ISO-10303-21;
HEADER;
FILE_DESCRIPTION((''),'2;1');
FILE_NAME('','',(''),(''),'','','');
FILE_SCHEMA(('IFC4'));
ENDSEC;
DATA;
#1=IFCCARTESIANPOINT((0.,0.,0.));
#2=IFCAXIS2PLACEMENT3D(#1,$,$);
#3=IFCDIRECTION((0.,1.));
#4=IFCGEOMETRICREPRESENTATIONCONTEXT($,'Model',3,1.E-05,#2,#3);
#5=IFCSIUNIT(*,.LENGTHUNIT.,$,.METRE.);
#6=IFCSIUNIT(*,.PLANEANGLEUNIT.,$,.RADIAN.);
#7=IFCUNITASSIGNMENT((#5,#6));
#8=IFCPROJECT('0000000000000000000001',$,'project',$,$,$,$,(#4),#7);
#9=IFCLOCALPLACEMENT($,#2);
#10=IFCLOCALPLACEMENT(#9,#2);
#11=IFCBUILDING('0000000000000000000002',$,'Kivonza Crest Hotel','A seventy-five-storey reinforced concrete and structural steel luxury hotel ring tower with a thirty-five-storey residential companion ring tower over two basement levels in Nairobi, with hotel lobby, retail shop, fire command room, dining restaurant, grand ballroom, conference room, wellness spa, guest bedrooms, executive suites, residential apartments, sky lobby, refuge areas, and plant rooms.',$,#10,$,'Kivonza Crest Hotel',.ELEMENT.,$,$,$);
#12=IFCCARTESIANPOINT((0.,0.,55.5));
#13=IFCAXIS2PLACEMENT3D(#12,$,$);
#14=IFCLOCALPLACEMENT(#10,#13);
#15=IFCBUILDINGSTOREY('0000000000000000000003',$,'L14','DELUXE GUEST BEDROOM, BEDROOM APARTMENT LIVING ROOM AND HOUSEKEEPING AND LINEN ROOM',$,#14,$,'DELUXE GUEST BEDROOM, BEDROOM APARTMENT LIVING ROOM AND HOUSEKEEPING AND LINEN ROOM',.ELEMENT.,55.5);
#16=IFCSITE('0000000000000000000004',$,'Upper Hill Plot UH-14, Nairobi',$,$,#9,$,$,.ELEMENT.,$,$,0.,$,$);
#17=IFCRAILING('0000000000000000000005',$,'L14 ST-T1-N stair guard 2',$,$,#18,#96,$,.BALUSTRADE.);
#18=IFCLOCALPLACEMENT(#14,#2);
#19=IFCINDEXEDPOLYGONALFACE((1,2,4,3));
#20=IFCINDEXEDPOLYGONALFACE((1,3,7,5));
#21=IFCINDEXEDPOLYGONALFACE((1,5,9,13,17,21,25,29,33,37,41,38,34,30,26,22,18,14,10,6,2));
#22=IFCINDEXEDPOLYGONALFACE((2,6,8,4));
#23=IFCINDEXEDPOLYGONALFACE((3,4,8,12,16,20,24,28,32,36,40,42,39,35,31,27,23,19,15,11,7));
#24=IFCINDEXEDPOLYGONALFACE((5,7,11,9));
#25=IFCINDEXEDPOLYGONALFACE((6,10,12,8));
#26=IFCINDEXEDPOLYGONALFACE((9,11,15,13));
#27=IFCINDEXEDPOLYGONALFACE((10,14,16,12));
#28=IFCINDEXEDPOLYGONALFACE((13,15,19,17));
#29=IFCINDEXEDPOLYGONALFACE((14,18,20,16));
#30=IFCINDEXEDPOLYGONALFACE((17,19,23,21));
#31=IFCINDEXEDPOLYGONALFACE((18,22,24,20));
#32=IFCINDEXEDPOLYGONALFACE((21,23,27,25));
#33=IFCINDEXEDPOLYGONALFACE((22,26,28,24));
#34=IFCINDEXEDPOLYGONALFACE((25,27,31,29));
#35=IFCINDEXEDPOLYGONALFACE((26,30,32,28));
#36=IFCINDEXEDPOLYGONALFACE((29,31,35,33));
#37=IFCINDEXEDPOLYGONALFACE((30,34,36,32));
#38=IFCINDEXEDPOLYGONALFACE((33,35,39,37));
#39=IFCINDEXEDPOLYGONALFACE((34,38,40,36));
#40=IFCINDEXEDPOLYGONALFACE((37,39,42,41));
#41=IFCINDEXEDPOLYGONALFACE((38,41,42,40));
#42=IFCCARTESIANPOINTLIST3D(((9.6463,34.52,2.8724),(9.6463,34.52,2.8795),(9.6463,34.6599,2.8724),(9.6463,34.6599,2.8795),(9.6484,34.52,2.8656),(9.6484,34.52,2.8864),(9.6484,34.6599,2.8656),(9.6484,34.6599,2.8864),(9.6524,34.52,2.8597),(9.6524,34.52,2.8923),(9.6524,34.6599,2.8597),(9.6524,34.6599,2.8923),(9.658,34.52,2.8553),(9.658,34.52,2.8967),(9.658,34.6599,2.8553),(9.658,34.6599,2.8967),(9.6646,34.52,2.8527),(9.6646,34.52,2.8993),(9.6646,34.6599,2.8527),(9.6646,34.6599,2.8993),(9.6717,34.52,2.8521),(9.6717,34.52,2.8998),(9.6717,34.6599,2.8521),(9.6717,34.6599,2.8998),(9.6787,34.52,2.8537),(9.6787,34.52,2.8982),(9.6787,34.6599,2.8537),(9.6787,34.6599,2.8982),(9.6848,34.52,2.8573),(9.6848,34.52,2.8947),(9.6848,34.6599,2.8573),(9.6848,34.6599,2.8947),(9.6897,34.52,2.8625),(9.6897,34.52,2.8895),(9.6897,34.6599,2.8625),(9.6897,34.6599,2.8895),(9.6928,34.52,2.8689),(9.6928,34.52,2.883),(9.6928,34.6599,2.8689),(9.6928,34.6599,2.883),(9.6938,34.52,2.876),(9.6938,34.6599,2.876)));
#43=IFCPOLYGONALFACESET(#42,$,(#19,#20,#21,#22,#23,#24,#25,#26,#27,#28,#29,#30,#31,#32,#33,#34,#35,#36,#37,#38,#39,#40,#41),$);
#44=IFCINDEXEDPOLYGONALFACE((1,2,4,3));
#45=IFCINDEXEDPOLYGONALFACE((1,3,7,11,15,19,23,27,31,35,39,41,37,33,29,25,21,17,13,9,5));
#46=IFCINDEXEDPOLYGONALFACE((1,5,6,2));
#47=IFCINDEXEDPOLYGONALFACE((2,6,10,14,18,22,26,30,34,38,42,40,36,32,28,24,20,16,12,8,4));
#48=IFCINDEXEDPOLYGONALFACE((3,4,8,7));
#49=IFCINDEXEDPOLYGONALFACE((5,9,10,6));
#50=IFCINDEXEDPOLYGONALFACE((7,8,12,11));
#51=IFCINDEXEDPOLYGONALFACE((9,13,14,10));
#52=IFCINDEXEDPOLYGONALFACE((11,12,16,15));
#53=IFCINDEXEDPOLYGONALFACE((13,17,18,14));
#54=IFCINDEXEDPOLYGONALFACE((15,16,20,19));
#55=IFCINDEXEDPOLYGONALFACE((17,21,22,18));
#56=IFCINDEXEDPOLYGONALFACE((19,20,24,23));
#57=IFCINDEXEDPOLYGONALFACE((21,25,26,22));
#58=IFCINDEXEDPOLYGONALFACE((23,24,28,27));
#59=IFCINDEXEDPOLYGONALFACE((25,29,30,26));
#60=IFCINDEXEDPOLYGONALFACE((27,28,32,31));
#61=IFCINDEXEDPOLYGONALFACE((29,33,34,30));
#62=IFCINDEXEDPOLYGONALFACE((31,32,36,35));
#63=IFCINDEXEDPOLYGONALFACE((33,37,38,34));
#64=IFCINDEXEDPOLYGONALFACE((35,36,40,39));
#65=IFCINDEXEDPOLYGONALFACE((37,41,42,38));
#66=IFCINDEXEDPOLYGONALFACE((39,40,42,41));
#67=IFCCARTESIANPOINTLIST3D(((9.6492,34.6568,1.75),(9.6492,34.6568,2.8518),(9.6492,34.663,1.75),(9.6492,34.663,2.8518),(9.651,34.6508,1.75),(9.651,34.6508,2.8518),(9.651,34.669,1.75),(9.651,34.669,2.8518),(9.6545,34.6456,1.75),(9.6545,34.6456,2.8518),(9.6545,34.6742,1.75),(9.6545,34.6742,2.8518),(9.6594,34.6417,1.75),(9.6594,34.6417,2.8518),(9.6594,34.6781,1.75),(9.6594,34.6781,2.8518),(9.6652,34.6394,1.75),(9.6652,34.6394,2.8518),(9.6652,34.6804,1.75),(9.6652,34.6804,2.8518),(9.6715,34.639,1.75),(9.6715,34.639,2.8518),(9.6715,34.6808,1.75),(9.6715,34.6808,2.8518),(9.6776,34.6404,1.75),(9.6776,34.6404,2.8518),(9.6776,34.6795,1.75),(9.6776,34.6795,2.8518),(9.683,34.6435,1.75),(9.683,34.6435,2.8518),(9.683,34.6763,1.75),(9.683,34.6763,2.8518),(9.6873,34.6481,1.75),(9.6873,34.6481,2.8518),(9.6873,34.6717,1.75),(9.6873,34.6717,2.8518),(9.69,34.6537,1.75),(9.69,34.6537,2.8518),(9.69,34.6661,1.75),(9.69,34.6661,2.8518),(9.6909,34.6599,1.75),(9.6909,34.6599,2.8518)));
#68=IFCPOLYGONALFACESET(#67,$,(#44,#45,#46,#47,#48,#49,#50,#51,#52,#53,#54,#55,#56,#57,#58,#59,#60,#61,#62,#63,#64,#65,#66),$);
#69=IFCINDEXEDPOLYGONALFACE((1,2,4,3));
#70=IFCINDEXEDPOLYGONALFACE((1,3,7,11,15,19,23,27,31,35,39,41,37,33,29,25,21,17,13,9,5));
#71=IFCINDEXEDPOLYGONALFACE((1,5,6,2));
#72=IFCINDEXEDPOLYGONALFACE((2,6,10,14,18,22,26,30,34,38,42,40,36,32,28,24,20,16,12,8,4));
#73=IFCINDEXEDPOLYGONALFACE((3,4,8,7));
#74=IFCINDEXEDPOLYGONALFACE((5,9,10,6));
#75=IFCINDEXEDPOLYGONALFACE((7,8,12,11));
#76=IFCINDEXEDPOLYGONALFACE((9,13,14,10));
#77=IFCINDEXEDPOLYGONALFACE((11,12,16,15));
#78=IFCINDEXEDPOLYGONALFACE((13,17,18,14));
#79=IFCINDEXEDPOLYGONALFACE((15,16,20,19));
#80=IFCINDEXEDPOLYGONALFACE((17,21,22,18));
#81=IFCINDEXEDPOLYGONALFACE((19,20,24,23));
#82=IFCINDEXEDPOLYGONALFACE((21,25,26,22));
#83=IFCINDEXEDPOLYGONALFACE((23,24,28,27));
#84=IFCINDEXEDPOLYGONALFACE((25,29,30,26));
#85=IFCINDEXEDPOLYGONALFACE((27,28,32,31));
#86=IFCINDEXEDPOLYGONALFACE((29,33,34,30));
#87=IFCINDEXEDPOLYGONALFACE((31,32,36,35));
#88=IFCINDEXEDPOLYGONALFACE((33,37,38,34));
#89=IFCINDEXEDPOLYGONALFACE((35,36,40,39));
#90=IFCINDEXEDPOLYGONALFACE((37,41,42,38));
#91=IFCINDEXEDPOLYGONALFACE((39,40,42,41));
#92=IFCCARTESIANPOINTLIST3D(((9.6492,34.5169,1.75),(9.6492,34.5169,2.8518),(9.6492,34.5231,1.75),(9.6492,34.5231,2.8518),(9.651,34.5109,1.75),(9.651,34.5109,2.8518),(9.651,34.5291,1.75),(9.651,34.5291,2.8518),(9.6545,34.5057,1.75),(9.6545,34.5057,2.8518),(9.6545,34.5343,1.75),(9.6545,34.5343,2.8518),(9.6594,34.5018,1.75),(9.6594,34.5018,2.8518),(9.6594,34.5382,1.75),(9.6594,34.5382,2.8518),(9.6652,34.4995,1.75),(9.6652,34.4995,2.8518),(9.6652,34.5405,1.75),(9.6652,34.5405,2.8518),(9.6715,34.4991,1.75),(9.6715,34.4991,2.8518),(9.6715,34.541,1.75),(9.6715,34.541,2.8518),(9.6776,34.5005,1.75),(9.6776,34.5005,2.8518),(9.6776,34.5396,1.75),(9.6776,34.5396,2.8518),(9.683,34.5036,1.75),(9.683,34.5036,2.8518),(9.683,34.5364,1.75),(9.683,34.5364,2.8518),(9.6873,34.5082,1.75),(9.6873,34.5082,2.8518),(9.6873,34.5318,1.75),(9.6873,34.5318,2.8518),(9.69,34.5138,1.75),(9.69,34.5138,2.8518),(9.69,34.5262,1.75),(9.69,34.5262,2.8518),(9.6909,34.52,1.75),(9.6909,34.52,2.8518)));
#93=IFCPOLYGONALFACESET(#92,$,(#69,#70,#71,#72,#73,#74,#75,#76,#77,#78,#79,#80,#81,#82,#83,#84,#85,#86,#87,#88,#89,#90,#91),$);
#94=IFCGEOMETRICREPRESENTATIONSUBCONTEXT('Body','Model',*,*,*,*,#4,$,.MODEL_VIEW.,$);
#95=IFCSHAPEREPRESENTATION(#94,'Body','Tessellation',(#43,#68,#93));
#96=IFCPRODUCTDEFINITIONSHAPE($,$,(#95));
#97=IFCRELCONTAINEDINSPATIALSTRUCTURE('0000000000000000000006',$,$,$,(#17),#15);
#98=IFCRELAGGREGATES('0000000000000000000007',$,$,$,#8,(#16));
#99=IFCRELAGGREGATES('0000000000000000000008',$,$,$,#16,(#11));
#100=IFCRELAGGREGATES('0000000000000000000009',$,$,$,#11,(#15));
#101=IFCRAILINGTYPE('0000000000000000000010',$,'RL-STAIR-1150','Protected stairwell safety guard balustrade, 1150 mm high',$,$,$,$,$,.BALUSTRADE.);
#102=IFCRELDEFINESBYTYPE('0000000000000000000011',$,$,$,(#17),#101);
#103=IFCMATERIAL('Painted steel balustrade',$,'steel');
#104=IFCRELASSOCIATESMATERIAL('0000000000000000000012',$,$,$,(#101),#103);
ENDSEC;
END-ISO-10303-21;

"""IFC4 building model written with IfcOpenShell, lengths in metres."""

from ifc_helpers import new_model, si_unit, direction, frame, origin, origin_2d, place, context, subcontext, project, spatial, circle, extrude, material, type_object, element, save


model = new_model("IFC4")

# Units and contexts
model_context = context("Model", 3, precision=1e-05, world=origin(), true_north=direction((0.0, 1.0)))
body_context = subcontext(model_context, "Body", "Model", "MODEL_VIEW")
ifc_project = project(units=[si_unit("LENGTHUNIT", "METRE"), si_unit("PLANEANGLEUNIT", "RADIAN")], contexts=[model_context])

# Site, building, storey
site_placement = place(None, origin())
site = spatial("IfcSite", under=ifc_project, at=site_placement, Name="Upper Hill Plot UH-14, Nairobi", CompositionType="ELEMENT", RefElevation=0.0)
building_placement = place(site_placement, origin())
building = spatial("IfcBuilding", under=site, at=building_placement, Name="Kivonza Crest Hotel", Description="A seventy-five-storey reinforced concrete and structural steel luxury hotel ring tower with a thirty-five-storey residential companion ring tower over two basement levels in Nairobi, with hotel lobby, retail shop, fire command room, dining restaurant, grand ballroom, conference room, wellness spa, guest bedrooms, executive suites, residential apartments, sky lobby, refuge areas, and plant rooms.", LongName="Kivonza Crest Hotel", CompositionType="ELEMENT")
storey_placement = place(building_placement, frame((0.0, 0.0, 55.5)))
storey = spatial("IfcBuildingStorey", under=building, at=storey_placement, Name="L14", Description="DELUXE GUEST BEDROOM, BEDROOM APARTMENT LIVING ROOM AND HOUSEKEEPING AND LINEN ROOM", LongName="DELUXE GUEST BEDROOM, BEDROOM APARTMENT LIVING ROOM AND HOUSEKEEPING AND LINEN ROOM", CompositionType="ELEMENT", Elevation=55.5)

# Railing
ifc_material_1 = material(Name="Painted steel balustrade", Category="steel")
railing_type_1 = type_object("IfcRailingType", Name="RL-STAIR-1150", Description="Protected stairwell safety guard balustrade, 1150 mm high", PredefinedType="BALUSTRADE", material=ifc_material_1)
railing_1_placement = place(storey_placement, frame((9.6699, 34.6599, 1.75)))
element("IfcRailing", 1, at=railing_1_placement, inside=storey, type_object=railing_type_1, Name="L14 ST-T1-N stair guard 2", PredefinedType="BALUSTRADE", context=body_context, shape_type="SweptSolid", body=[
    extrude(circle(Radius=0.0239, at=origin_2d()), frame((0.0, 0.0, 1.126), z_axis=(0.0, -1.0, 0.0), x_axis=(1.0, 0.0, 0.0)), (0.0, 0.0, 1.0), 0.1399),
    extrude(circle(Radius=0.021, at=origin_2d()), origin(), (0.0, 0.0, 1.0), 1.1018),
    extrude(circle(Radius=0.021, at=origin_2d()), frame((0.0, -0.1399, 0.0)), (0.0, 0.0, 1.0), 1.1018),
])

save(model, "model.ifc")
